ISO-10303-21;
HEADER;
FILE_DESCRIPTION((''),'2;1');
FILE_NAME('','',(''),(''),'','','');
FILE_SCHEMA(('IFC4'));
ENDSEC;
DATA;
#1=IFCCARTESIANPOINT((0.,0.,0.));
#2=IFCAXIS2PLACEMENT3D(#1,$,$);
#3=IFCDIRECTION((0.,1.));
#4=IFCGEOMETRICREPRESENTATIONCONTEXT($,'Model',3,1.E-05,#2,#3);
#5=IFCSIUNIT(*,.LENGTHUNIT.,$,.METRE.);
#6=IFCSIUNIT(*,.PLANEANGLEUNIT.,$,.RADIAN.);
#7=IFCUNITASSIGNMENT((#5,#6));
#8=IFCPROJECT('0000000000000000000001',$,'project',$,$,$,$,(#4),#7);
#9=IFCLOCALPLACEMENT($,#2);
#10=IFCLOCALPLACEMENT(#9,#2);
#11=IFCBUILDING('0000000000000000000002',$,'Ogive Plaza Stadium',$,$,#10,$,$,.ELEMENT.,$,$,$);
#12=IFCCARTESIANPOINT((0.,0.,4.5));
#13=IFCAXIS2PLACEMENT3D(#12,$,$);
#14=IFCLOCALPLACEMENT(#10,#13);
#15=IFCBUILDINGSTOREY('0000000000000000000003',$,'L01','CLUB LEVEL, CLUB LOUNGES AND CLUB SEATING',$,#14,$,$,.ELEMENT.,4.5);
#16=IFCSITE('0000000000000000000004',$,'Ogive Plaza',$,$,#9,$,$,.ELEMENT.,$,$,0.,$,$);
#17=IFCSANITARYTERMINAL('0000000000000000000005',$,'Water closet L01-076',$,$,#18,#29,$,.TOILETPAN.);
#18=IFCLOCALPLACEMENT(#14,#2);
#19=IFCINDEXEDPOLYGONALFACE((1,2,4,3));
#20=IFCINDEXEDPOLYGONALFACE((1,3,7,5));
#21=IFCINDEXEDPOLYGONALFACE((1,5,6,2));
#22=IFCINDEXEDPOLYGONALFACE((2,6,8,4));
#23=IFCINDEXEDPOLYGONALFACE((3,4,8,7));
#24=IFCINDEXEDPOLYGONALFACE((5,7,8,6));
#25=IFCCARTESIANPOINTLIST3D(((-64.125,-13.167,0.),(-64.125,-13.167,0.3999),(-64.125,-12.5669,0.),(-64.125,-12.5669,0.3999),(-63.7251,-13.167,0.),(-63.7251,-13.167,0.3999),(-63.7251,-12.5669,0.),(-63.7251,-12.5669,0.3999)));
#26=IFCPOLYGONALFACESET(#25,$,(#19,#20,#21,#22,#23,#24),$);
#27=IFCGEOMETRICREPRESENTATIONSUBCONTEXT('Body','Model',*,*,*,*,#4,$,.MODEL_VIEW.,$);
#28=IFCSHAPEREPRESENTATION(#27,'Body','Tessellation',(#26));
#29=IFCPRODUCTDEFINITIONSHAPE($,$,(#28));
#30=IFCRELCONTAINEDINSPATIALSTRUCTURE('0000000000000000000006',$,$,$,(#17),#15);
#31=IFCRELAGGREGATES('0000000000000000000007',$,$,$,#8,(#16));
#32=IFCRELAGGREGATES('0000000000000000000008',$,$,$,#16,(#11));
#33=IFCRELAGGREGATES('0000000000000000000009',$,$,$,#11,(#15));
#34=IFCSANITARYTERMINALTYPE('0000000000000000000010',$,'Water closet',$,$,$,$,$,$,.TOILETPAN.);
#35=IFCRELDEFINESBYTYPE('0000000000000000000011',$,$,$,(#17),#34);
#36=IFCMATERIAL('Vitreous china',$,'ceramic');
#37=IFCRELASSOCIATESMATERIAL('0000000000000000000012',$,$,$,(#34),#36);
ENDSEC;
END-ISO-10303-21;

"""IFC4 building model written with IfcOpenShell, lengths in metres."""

from ifc_helpers import new_model, si_unit, direction, frame, origin, origin_2d, place, context, subcontext, project, spatial, rectangle, extrude, material, type_object, element, save


model = new_model("IFC4")

# Units and contexts
model_context = context("Model", 3, precision=1e-05, world=origin(), true_north=direction((0.0, 1.0)))
body_context = subcontext(model_context, "Body", "Model", "MODEL_VIEW")
ifc_project = project(units=[si_unit("LENGTHUNIT", "METRE"), si_unit("PLANEANGLEUNIT", "RADIAN")], contexts=[model_context])

# Site, building, storey
site_placement = place(None, origin())
site = spatial("IfcSite", under=ifc_project, at=site_placement, Name="Ogive Plaza", CompositionType="ELEMENT", RefElevation=0.0)
building_placement = place(site_placement, origin())
building = spatial("IfcBuilding", under=site, at=building_placement, Name="Ogive Plaza Stadium", CompositionType="ELEMENT")
storey_placement = place(building_placement, frame((0.0, 0.0, 4.5)))
storey = spatial("IfcBuildingStorey", under=building, at=storey_placement, Name="L01", Description="CLUB LEVEL, CLUB LOUNGES AND CLUB SEATING", CompositionType="ELEMENT", Elevation=4.5)

# Sanitary terminal
ifc_material_1 = material(Name="Vitreous china", Category="ceramic")
sanitary_terminal_type_1 = type_object("IfcSanitaryTerminalType", Name="Water closet", PredefinedType="TOILETPAN", material=ifc_material_1)
for number, where, z_axis, x_axis, name in (
    (1, (-63.925, -12.8669, 0.0), (0.0, 0.0, 1.0), (-1.0, 0.0, 0.0), "Water closet L01-076"),
):
    element("IfcSanitaryTerminal", number, at=place(storey_placement, frame(where, z_axis=z_axis, x_axis=x_axis)), inside=storey, type_object=sanitary_terminal_type_1, Name=name, PredefinedType="TOILETPAN", context=body_context, shape_type="SweptSolid", body=[
        extrude(rectangle(XDim=0.3999, YDim=0.6001, at=origin_2d()), origin(), (0.0, 0.0, 1.0), 0.3999),
    ])

save(model, "model.ifc")
